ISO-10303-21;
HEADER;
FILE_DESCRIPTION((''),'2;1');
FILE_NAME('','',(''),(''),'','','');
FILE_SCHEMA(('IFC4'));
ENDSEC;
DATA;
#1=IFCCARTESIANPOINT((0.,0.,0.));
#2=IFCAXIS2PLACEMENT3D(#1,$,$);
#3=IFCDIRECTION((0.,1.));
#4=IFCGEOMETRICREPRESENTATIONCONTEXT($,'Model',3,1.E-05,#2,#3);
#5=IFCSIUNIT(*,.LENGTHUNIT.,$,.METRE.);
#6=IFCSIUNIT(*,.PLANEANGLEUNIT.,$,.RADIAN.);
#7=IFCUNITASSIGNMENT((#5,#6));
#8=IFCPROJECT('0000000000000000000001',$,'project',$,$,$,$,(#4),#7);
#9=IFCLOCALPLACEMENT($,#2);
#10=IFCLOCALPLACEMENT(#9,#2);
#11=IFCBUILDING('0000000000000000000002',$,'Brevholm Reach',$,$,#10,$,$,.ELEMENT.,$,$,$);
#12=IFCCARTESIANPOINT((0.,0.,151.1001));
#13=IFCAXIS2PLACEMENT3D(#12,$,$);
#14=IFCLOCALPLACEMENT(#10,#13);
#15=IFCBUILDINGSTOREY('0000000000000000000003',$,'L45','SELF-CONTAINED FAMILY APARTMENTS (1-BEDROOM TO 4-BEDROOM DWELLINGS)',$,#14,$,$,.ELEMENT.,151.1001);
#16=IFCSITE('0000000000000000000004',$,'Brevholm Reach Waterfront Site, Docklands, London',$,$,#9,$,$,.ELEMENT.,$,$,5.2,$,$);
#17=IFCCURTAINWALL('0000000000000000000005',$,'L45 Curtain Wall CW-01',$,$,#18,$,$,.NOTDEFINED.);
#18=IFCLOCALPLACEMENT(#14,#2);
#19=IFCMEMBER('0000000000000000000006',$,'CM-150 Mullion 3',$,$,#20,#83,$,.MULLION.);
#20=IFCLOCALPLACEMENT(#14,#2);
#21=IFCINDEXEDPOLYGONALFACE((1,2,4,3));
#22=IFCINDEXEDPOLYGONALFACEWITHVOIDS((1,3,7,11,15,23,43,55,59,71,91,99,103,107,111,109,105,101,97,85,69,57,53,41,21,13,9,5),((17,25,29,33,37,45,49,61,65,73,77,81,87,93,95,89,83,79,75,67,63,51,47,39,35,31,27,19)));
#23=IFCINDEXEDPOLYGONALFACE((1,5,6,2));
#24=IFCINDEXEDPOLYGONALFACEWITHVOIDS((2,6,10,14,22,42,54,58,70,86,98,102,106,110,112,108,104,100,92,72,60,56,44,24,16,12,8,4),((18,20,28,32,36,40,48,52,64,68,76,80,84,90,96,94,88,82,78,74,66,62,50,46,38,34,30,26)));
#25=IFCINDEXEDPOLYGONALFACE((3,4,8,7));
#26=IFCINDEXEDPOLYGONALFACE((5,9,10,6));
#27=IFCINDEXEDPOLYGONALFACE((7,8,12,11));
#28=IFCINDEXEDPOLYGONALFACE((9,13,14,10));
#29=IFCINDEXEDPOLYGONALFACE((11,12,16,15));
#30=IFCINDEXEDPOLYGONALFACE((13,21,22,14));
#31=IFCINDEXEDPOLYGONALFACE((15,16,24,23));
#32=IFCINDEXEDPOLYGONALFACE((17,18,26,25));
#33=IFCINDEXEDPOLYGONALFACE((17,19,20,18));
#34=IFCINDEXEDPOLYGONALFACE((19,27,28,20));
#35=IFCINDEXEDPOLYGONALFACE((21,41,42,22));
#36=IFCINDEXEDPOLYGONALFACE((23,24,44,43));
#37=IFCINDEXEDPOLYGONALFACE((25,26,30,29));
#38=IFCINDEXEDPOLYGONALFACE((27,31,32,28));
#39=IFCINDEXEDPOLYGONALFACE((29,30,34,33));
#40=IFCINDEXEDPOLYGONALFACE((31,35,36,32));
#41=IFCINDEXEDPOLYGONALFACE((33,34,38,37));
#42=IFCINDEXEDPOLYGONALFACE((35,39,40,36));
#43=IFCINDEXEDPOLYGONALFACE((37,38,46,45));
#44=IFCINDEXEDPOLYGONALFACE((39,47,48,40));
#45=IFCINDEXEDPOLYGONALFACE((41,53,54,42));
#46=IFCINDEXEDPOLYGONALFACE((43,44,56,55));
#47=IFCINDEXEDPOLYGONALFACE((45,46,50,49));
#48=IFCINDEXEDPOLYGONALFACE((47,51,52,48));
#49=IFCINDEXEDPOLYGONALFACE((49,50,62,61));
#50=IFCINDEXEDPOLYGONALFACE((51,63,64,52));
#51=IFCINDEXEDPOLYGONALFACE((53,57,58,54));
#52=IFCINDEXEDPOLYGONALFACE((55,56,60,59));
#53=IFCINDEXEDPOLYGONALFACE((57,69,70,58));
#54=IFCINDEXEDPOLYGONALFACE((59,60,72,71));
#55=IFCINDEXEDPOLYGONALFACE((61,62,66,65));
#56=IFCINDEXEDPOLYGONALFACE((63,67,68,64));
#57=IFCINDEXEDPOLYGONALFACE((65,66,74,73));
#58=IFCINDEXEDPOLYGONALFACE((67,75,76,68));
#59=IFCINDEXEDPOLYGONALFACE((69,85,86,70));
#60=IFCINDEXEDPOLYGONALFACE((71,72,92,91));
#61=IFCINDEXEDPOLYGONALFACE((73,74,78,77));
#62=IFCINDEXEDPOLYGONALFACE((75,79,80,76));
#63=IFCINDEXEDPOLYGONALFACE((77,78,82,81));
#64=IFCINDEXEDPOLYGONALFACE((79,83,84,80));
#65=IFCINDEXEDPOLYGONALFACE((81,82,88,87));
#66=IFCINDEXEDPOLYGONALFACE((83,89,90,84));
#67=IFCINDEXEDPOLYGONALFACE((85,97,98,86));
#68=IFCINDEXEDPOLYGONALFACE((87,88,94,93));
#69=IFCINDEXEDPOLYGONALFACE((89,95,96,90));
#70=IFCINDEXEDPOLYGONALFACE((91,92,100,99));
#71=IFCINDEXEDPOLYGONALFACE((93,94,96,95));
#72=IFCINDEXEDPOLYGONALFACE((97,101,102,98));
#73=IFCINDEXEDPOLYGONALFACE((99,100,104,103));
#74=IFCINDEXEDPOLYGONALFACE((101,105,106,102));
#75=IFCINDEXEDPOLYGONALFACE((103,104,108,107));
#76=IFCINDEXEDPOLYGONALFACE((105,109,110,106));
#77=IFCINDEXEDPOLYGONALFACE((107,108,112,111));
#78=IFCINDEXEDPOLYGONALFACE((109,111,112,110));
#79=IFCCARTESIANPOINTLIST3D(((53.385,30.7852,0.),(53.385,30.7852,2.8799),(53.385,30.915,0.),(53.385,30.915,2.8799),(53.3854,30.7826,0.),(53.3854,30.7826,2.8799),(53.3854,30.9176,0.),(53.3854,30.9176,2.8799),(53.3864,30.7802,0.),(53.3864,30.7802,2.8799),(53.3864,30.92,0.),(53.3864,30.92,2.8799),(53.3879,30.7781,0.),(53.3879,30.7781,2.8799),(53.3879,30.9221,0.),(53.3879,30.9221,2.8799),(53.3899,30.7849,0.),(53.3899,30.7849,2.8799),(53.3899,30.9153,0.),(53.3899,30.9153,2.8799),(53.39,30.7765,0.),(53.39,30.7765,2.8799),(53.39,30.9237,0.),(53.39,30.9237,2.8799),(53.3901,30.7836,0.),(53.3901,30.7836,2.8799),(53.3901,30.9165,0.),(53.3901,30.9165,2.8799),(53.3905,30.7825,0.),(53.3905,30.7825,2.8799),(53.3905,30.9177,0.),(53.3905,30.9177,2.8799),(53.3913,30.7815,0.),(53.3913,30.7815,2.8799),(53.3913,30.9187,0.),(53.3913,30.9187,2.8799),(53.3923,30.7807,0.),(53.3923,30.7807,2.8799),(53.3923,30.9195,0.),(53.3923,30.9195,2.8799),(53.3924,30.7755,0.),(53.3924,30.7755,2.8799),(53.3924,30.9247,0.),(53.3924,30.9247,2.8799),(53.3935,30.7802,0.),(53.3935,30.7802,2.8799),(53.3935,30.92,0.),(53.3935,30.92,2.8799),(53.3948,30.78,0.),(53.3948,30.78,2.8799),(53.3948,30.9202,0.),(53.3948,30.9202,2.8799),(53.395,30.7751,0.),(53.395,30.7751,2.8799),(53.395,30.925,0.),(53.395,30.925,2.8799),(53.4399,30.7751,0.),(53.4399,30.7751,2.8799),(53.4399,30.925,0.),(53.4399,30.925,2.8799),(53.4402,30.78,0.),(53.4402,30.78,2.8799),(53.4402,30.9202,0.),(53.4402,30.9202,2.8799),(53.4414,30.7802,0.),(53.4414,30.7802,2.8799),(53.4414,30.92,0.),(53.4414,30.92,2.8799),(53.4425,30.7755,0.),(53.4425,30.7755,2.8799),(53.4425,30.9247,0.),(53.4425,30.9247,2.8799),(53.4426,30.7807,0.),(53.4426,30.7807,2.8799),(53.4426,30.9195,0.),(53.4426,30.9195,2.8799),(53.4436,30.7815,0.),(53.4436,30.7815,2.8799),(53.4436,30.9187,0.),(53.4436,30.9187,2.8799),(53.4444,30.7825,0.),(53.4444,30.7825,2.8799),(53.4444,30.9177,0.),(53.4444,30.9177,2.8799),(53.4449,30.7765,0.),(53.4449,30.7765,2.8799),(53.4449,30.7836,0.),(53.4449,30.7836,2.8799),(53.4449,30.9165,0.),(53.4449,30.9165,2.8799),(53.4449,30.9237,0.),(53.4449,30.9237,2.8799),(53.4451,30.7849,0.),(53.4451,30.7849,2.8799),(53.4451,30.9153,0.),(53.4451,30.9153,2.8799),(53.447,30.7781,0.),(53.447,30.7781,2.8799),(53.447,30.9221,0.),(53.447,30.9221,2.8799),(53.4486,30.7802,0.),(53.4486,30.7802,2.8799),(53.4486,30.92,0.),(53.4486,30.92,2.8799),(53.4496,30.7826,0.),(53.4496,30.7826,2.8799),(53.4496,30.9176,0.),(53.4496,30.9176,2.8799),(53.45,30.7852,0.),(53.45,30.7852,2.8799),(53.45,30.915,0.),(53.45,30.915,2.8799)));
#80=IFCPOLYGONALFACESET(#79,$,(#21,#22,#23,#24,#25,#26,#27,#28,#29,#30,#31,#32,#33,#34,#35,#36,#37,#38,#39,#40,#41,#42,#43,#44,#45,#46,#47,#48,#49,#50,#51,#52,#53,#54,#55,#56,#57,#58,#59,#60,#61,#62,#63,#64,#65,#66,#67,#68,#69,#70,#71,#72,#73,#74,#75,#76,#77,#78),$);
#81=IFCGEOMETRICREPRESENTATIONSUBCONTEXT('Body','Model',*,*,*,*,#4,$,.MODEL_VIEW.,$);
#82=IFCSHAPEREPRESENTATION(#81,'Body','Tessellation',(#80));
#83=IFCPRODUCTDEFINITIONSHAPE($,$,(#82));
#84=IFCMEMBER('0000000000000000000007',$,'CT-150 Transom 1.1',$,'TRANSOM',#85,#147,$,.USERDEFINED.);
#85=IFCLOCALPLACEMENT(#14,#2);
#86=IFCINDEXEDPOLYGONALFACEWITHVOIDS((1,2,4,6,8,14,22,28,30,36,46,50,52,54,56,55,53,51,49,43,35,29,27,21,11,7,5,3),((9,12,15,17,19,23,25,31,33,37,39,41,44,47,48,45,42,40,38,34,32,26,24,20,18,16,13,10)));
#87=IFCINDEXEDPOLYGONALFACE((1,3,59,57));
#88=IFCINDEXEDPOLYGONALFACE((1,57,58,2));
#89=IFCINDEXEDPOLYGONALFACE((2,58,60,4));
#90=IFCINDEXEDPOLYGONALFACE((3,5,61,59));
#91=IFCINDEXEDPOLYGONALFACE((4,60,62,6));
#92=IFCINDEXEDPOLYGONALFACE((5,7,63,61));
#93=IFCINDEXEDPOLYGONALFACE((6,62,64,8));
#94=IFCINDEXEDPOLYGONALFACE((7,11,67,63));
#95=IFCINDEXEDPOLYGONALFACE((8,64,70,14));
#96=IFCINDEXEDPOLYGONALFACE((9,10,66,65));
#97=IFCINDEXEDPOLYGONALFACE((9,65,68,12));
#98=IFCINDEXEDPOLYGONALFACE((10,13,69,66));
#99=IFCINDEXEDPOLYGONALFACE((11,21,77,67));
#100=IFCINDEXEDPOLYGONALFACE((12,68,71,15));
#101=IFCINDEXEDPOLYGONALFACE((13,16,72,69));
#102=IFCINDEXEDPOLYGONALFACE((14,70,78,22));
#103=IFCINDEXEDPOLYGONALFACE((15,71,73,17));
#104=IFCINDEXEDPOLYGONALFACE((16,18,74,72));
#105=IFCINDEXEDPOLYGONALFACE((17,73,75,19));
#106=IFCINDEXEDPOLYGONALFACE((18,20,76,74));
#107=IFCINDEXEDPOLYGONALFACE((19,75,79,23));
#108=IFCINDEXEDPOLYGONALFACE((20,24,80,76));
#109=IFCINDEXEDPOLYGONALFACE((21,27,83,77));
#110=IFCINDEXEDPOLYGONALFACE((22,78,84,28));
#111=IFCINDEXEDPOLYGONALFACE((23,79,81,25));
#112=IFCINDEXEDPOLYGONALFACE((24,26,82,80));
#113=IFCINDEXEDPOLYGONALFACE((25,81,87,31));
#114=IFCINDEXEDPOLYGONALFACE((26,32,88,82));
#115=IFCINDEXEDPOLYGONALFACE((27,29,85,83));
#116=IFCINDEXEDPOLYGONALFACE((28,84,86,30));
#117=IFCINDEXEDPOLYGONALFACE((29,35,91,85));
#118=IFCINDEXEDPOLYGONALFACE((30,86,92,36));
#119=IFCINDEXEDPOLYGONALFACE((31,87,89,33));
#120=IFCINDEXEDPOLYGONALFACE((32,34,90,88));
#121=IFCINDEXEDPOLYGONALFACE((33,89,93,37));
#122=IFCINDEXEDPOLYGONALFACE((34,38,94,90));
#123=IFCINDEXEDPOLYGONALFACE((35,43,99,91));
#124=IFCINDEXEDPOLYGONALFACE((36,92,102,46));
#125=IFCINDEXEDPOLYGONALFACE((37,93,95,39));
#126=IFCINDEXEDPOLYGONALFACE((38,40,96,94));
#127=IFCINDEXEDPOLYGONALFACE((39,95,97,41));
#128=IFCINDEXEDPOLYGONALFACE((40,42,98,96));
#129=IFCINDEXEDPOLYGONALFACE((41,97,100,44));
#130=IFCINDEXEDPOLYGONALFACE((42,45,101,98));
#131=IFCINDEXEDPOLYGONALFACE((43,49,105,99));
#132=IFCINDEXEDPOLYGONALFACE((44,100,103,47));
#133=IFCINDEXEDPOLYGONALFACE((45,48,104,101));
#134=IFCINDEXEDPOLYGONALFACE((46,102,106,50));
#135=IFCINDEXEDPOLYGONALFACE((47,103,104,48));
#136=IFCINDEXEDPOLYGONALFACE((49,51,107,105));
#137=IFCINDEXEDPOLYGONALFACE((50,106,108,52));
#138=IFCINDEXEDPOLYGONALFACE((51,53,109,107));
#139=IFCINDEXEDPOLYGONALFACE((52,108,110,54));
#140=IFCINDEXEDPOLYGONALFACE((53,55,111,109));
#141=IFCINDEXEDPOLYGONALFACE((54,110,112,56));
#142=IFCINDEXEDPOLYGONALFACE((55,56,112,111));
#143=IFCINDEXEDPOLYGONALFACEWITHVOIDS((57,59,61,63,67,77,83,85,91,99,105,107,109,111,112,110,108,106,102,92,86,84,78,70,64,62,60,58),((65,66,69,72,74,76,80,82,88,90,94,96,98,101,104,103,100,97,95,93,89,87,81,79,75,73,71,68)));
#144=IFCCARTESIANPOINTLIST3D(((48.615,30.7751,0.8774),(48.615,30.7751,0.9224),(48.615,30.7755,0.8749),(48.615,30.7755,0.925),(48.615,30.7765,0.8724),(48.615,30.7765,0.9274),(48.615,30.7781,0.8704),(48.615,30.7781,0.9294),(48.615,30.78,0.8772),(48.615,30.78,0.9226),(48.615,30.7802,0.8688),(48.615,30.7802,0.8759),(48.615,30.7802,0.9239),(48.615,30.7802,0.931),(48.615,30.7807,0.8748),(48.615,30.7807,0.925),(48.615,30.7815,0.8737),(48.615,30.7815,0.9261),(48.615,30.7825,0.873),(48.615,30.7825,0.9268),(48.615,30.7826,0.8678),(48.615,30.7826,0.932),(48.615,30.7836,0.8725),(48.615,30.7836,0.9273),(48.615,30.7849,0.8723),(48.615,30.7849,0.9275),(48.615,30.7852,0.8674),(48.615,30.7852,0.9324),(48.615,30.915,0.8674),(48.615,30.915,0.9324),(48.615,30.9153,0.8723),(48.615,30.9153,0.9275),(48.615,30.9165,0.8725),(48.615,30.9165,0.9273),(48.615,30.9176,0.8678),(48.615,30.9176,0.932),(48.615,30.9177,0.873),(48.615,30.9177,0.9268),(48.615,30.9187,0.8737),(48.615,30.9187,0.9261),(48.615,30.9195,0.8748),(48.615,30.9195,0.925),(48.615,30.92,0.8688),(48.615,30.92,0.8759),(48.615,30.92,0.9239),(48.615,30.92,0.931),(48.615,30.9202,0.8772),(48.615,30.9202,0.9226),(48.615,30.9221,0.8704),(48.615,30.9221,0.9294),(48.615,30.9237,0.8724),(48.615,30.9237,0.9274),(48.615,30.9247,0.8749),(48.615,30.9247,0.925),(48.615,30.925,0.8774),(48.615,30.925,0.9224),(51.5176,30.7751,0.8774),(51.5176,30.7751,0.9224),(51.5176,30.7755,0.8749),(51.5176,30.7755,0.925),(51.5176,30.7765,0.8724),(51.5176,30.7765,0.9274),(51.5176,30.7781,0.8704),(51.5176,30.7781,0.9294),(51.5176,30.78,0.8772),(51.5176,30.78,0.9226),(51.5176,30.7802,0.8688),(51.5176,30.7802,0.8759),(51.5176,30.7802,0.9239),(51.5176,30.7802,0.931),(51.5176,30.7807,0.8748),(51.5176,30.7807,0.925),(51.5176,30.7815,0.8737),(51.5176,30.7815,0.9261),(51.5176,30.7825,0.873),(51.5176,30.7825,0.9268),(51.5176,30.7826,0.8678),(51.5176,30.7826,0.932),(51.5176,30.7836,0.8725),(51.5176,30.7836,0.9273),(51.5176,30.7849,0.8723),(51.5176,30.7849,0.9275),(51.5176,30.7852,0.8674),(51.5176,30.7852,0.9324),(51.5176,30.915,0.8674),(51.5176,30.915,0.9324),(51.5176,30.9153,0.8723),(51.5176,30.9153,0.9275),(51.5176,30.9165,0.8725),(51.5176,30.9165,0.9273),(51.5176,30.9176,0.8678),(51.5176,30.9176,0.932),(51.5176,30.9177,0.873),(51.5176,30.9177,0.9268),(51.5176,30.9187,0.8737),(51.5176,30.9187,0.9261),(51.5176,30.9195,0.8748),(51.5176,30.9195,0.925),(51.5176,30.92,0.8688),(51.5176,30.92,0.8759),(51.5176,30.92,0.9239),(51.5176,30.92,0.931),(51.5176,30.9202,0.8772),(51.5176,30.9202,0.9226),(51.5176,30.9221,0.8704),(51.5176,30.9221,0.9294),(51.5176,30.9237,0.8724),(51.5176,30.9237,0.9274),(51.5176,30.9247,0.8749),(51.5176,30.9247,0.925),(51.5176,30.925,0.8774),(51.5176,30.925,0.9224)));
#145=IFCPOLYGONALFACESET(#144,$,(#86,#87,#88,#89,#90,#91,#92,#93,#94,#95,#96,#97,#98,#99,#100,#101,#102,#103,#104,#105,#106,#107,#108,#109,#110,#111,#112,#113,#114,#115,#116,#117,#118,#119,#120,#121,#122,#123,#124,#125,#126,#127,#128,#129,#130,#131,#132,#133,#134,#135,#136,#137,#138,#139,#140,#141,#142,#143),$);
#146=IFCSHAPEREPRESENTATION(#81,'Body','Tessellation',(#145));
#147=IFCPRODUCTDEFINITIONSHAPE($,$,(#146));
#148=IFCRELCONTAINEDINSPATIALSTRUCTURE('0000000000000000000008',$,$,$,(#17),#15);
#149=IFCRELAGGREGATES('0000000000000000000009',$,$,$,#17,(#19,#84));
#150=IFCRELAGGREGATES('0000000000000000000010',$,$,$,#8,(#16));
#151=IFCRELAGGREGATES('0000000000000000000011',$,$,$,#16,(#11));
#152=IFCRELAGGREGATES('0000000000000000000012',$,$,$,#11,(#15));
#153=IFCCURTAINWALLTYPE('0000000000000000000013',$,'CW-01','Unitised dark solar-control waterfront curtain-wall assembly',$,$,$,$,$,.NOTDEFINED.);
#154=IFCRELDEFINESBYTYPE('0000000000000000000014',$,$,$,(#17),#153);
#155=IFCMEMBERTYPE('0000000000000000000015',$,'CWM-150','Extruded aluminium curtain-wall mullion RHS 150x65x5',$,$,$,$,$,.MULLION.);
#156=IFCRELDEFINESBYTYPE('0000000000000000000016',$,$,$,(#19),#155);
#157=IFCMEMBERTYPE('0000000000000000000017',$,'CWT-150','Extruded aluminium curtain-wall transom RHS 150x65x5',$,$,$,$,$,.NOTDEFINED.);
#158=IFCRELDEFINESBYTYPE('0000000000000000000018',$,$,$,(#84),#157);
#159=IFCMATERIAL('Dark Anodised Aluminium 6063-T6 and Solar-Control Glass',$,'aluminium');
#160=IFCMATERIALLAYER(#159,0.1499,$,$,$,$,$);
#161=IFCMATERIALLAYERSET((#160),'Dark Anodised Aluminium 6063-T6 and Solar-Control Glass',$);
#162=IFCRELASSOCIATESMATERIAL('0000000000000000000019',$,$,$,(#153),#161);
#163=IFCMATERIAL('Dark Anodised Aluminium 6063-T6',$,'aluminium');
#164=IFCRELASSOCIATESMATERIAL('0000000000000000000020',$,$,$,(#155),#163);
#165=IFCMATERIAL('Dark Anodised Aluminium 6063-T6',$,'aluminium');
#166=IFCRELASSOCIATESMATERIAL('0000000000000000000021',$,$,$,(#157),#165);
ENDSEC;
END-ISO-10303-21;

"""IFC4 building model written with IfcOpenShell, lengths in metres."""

from ifc_helpers import new_model, si_unit, direction, frame, origin, origin_2d, place, context, subcontext, project, spatial, hollow_rectangle, extrude, material, layer, layer_set, material_profile, profile_set, type_object, element, aggregate, save


model = new_model("IFC4")

# Units and contexts
model_context = context("Model", 3, precision=1e-05, world=origin(), true_north=direction((0.0, 1.0)))
body_context = subcontext(model_context, "Body", "Model", "MODEL_VIEW")
ifc_project = project(units=[si_unit("LENGTHUNIT", "METRE"), si_unit("PLANEANGLEUNIT", "RADIAN")], contexts=[model_context])

# Site, building, storey
site_placement = place(None, origin())
site = spatial("IfcSite", under=ifc_project, at=site_placement, Name="Brevholm Reach Waterfront Site, Docklands, London", CompositionType="ELEMENT", RefElevation=5.2)
building_placement = place(site_placement, origin())
building = spatial("IfcBuilding", under=site, at=building_placement, Name="Brevholm Reach", CompositionType="ELEMENT")
storey_placement = place(building_placement, frame((0.0, 0.0, 151.1001)))
storey = spatial("IfcBuildingStorey", under=building, at=storey_placement, Name="L45", Description="SELF-CONTAINED FAMILY APARTMENTS (1-BEDROOM TO 4-BEDROOM DWELLINGS)", CompositionType="ELEMENT", Elevation=151.1001)

# Curtain wall, members
ifc_material_1 = material(Name="Dark Anodised Aluminium 6063-T6 and Solar-Control Glass", Category="aluminium")
ifc_layer_1 = layer(ifc_material_1, 0.1499)
ifc_layer_set_1 = layer_set([ifc_layer_1], Name="Dark Anodised Aluminium 6063-T6 and Solar-Control Glass")
curtain_wall_type = type_object("IfcCurtainWallType", Name="CW-01", Description="Unitised dark solar-control waterfront curtain-wall assembly", PredefinedType="NOTDEFINED", material=ifc_layer_set_1)
curtain_wall_placement = place(storey_placement, origin())
curtain_wall = element("IfcCurtainWall", 1, at=curtain_wall_placement, inside=storey, type_object=curtain_wall_type, Name="L45 Curtain Wall CW-01", PredefinedType="NOTDEFINED")
ifc_material_2 = material(Name="Dark Anodised Aluminium 6063-T6", Category="aluminium")
ifc_material_profile_1 = material_profile(ifc_material_2, hollow_rectangle(XDim=0.0649, YDim=0.1499, WallThickness=0.0049, InnerFilletRadius=0.0049, OuterFilletRadius=0.01, at=origin_2d()), Name="RHS 150x65x5")
ifc_profile_set_1 = profile_set([ifc_material_profile_1], Name="Dark Anodised Aluminium 6063-T6")
member_type_1 = type_object("IfcMemberType", Name="CWM-150", Description="Extruded aluminium curtain-wall mullion RHS 150x65x5", PredefinedType="MULLION", material=ifc_profile_set_1)
member_1_placement = place(storey_placement, frame((53.4175, 30.8501, 0.0), z_axis=(0.0, 0.0, 1.0), x_axis=(1.0, 0.0, 0.0)))
member_1 = element("IfcMember", 2, at=member_1_placement, type_object=member_type_1, Name="CM-150 Mullion 3", PredefinedType="MULLION", context=body_context, shape_type="SweptSolid", body=[
    extrude(hollow_rectangle(XDim=0.0649, YDim=0.1499, WallThickness=0.0049, InnerFilletRadius=0.0049, OuterFilletRadius=0.01, at=origin_2d()), origin(), (0.0, 0.0, 1.0), 2.8799),
])
ifc_material_3 = material(Name="Dark Anodised Aluminium 6063-T6", Category="aluminium")
ifc_material_profile_2 = material_profile(ifc_material_3, hollow_rectangle(XDim=0.0649, YDim=0.1499, WallThickness=0.0049, InnerFilletRadius=0.0049, OuterFilletRadius=0.01, at=origin_2d()), Name="RHS 150x65x5")
ifc_profile_set_2 = profile_set([ifc_material_profile_2], Name="Dark Anodised Aluminium 6063-T6")
member_type_2 = type_object("IfcMemberType", Name="CWT-150", Description="Extruded aluminium curtain-wall transom RHS 150x65x5", PredefinedType="NOTDEFINED", material=ifc_profile_set_2)
member_2_placement = place(storey_placement, frame((48.615, 30.8501, 0.8999), z_axis=(1.0, 0.0, 0.0), x_axis=(0.0, 0.0, 1.0)))
member_2 = element("IfcMember", 3, at=member_2_placement, type_object=member_type_2, Name="CT-150 Transom 1.1", ObjectType="TRANSOM", PredefinedType="USERDEFINED", context=body_context, shape_type="SweptSolid", body=[
    extrude(hollow_rectangle(XDim=0.0649, YDim=0.1499, WallThickness=0.0049, InnerFilletRadius=0.0049, OuterFilletRadius=0.01, at=origin_2d()), origin(), (0.0, 0.0, 1.0), 2.9026),
])
aggregate(curtain_wall, [member_1, member_2])

save(model, "model.ifc")
